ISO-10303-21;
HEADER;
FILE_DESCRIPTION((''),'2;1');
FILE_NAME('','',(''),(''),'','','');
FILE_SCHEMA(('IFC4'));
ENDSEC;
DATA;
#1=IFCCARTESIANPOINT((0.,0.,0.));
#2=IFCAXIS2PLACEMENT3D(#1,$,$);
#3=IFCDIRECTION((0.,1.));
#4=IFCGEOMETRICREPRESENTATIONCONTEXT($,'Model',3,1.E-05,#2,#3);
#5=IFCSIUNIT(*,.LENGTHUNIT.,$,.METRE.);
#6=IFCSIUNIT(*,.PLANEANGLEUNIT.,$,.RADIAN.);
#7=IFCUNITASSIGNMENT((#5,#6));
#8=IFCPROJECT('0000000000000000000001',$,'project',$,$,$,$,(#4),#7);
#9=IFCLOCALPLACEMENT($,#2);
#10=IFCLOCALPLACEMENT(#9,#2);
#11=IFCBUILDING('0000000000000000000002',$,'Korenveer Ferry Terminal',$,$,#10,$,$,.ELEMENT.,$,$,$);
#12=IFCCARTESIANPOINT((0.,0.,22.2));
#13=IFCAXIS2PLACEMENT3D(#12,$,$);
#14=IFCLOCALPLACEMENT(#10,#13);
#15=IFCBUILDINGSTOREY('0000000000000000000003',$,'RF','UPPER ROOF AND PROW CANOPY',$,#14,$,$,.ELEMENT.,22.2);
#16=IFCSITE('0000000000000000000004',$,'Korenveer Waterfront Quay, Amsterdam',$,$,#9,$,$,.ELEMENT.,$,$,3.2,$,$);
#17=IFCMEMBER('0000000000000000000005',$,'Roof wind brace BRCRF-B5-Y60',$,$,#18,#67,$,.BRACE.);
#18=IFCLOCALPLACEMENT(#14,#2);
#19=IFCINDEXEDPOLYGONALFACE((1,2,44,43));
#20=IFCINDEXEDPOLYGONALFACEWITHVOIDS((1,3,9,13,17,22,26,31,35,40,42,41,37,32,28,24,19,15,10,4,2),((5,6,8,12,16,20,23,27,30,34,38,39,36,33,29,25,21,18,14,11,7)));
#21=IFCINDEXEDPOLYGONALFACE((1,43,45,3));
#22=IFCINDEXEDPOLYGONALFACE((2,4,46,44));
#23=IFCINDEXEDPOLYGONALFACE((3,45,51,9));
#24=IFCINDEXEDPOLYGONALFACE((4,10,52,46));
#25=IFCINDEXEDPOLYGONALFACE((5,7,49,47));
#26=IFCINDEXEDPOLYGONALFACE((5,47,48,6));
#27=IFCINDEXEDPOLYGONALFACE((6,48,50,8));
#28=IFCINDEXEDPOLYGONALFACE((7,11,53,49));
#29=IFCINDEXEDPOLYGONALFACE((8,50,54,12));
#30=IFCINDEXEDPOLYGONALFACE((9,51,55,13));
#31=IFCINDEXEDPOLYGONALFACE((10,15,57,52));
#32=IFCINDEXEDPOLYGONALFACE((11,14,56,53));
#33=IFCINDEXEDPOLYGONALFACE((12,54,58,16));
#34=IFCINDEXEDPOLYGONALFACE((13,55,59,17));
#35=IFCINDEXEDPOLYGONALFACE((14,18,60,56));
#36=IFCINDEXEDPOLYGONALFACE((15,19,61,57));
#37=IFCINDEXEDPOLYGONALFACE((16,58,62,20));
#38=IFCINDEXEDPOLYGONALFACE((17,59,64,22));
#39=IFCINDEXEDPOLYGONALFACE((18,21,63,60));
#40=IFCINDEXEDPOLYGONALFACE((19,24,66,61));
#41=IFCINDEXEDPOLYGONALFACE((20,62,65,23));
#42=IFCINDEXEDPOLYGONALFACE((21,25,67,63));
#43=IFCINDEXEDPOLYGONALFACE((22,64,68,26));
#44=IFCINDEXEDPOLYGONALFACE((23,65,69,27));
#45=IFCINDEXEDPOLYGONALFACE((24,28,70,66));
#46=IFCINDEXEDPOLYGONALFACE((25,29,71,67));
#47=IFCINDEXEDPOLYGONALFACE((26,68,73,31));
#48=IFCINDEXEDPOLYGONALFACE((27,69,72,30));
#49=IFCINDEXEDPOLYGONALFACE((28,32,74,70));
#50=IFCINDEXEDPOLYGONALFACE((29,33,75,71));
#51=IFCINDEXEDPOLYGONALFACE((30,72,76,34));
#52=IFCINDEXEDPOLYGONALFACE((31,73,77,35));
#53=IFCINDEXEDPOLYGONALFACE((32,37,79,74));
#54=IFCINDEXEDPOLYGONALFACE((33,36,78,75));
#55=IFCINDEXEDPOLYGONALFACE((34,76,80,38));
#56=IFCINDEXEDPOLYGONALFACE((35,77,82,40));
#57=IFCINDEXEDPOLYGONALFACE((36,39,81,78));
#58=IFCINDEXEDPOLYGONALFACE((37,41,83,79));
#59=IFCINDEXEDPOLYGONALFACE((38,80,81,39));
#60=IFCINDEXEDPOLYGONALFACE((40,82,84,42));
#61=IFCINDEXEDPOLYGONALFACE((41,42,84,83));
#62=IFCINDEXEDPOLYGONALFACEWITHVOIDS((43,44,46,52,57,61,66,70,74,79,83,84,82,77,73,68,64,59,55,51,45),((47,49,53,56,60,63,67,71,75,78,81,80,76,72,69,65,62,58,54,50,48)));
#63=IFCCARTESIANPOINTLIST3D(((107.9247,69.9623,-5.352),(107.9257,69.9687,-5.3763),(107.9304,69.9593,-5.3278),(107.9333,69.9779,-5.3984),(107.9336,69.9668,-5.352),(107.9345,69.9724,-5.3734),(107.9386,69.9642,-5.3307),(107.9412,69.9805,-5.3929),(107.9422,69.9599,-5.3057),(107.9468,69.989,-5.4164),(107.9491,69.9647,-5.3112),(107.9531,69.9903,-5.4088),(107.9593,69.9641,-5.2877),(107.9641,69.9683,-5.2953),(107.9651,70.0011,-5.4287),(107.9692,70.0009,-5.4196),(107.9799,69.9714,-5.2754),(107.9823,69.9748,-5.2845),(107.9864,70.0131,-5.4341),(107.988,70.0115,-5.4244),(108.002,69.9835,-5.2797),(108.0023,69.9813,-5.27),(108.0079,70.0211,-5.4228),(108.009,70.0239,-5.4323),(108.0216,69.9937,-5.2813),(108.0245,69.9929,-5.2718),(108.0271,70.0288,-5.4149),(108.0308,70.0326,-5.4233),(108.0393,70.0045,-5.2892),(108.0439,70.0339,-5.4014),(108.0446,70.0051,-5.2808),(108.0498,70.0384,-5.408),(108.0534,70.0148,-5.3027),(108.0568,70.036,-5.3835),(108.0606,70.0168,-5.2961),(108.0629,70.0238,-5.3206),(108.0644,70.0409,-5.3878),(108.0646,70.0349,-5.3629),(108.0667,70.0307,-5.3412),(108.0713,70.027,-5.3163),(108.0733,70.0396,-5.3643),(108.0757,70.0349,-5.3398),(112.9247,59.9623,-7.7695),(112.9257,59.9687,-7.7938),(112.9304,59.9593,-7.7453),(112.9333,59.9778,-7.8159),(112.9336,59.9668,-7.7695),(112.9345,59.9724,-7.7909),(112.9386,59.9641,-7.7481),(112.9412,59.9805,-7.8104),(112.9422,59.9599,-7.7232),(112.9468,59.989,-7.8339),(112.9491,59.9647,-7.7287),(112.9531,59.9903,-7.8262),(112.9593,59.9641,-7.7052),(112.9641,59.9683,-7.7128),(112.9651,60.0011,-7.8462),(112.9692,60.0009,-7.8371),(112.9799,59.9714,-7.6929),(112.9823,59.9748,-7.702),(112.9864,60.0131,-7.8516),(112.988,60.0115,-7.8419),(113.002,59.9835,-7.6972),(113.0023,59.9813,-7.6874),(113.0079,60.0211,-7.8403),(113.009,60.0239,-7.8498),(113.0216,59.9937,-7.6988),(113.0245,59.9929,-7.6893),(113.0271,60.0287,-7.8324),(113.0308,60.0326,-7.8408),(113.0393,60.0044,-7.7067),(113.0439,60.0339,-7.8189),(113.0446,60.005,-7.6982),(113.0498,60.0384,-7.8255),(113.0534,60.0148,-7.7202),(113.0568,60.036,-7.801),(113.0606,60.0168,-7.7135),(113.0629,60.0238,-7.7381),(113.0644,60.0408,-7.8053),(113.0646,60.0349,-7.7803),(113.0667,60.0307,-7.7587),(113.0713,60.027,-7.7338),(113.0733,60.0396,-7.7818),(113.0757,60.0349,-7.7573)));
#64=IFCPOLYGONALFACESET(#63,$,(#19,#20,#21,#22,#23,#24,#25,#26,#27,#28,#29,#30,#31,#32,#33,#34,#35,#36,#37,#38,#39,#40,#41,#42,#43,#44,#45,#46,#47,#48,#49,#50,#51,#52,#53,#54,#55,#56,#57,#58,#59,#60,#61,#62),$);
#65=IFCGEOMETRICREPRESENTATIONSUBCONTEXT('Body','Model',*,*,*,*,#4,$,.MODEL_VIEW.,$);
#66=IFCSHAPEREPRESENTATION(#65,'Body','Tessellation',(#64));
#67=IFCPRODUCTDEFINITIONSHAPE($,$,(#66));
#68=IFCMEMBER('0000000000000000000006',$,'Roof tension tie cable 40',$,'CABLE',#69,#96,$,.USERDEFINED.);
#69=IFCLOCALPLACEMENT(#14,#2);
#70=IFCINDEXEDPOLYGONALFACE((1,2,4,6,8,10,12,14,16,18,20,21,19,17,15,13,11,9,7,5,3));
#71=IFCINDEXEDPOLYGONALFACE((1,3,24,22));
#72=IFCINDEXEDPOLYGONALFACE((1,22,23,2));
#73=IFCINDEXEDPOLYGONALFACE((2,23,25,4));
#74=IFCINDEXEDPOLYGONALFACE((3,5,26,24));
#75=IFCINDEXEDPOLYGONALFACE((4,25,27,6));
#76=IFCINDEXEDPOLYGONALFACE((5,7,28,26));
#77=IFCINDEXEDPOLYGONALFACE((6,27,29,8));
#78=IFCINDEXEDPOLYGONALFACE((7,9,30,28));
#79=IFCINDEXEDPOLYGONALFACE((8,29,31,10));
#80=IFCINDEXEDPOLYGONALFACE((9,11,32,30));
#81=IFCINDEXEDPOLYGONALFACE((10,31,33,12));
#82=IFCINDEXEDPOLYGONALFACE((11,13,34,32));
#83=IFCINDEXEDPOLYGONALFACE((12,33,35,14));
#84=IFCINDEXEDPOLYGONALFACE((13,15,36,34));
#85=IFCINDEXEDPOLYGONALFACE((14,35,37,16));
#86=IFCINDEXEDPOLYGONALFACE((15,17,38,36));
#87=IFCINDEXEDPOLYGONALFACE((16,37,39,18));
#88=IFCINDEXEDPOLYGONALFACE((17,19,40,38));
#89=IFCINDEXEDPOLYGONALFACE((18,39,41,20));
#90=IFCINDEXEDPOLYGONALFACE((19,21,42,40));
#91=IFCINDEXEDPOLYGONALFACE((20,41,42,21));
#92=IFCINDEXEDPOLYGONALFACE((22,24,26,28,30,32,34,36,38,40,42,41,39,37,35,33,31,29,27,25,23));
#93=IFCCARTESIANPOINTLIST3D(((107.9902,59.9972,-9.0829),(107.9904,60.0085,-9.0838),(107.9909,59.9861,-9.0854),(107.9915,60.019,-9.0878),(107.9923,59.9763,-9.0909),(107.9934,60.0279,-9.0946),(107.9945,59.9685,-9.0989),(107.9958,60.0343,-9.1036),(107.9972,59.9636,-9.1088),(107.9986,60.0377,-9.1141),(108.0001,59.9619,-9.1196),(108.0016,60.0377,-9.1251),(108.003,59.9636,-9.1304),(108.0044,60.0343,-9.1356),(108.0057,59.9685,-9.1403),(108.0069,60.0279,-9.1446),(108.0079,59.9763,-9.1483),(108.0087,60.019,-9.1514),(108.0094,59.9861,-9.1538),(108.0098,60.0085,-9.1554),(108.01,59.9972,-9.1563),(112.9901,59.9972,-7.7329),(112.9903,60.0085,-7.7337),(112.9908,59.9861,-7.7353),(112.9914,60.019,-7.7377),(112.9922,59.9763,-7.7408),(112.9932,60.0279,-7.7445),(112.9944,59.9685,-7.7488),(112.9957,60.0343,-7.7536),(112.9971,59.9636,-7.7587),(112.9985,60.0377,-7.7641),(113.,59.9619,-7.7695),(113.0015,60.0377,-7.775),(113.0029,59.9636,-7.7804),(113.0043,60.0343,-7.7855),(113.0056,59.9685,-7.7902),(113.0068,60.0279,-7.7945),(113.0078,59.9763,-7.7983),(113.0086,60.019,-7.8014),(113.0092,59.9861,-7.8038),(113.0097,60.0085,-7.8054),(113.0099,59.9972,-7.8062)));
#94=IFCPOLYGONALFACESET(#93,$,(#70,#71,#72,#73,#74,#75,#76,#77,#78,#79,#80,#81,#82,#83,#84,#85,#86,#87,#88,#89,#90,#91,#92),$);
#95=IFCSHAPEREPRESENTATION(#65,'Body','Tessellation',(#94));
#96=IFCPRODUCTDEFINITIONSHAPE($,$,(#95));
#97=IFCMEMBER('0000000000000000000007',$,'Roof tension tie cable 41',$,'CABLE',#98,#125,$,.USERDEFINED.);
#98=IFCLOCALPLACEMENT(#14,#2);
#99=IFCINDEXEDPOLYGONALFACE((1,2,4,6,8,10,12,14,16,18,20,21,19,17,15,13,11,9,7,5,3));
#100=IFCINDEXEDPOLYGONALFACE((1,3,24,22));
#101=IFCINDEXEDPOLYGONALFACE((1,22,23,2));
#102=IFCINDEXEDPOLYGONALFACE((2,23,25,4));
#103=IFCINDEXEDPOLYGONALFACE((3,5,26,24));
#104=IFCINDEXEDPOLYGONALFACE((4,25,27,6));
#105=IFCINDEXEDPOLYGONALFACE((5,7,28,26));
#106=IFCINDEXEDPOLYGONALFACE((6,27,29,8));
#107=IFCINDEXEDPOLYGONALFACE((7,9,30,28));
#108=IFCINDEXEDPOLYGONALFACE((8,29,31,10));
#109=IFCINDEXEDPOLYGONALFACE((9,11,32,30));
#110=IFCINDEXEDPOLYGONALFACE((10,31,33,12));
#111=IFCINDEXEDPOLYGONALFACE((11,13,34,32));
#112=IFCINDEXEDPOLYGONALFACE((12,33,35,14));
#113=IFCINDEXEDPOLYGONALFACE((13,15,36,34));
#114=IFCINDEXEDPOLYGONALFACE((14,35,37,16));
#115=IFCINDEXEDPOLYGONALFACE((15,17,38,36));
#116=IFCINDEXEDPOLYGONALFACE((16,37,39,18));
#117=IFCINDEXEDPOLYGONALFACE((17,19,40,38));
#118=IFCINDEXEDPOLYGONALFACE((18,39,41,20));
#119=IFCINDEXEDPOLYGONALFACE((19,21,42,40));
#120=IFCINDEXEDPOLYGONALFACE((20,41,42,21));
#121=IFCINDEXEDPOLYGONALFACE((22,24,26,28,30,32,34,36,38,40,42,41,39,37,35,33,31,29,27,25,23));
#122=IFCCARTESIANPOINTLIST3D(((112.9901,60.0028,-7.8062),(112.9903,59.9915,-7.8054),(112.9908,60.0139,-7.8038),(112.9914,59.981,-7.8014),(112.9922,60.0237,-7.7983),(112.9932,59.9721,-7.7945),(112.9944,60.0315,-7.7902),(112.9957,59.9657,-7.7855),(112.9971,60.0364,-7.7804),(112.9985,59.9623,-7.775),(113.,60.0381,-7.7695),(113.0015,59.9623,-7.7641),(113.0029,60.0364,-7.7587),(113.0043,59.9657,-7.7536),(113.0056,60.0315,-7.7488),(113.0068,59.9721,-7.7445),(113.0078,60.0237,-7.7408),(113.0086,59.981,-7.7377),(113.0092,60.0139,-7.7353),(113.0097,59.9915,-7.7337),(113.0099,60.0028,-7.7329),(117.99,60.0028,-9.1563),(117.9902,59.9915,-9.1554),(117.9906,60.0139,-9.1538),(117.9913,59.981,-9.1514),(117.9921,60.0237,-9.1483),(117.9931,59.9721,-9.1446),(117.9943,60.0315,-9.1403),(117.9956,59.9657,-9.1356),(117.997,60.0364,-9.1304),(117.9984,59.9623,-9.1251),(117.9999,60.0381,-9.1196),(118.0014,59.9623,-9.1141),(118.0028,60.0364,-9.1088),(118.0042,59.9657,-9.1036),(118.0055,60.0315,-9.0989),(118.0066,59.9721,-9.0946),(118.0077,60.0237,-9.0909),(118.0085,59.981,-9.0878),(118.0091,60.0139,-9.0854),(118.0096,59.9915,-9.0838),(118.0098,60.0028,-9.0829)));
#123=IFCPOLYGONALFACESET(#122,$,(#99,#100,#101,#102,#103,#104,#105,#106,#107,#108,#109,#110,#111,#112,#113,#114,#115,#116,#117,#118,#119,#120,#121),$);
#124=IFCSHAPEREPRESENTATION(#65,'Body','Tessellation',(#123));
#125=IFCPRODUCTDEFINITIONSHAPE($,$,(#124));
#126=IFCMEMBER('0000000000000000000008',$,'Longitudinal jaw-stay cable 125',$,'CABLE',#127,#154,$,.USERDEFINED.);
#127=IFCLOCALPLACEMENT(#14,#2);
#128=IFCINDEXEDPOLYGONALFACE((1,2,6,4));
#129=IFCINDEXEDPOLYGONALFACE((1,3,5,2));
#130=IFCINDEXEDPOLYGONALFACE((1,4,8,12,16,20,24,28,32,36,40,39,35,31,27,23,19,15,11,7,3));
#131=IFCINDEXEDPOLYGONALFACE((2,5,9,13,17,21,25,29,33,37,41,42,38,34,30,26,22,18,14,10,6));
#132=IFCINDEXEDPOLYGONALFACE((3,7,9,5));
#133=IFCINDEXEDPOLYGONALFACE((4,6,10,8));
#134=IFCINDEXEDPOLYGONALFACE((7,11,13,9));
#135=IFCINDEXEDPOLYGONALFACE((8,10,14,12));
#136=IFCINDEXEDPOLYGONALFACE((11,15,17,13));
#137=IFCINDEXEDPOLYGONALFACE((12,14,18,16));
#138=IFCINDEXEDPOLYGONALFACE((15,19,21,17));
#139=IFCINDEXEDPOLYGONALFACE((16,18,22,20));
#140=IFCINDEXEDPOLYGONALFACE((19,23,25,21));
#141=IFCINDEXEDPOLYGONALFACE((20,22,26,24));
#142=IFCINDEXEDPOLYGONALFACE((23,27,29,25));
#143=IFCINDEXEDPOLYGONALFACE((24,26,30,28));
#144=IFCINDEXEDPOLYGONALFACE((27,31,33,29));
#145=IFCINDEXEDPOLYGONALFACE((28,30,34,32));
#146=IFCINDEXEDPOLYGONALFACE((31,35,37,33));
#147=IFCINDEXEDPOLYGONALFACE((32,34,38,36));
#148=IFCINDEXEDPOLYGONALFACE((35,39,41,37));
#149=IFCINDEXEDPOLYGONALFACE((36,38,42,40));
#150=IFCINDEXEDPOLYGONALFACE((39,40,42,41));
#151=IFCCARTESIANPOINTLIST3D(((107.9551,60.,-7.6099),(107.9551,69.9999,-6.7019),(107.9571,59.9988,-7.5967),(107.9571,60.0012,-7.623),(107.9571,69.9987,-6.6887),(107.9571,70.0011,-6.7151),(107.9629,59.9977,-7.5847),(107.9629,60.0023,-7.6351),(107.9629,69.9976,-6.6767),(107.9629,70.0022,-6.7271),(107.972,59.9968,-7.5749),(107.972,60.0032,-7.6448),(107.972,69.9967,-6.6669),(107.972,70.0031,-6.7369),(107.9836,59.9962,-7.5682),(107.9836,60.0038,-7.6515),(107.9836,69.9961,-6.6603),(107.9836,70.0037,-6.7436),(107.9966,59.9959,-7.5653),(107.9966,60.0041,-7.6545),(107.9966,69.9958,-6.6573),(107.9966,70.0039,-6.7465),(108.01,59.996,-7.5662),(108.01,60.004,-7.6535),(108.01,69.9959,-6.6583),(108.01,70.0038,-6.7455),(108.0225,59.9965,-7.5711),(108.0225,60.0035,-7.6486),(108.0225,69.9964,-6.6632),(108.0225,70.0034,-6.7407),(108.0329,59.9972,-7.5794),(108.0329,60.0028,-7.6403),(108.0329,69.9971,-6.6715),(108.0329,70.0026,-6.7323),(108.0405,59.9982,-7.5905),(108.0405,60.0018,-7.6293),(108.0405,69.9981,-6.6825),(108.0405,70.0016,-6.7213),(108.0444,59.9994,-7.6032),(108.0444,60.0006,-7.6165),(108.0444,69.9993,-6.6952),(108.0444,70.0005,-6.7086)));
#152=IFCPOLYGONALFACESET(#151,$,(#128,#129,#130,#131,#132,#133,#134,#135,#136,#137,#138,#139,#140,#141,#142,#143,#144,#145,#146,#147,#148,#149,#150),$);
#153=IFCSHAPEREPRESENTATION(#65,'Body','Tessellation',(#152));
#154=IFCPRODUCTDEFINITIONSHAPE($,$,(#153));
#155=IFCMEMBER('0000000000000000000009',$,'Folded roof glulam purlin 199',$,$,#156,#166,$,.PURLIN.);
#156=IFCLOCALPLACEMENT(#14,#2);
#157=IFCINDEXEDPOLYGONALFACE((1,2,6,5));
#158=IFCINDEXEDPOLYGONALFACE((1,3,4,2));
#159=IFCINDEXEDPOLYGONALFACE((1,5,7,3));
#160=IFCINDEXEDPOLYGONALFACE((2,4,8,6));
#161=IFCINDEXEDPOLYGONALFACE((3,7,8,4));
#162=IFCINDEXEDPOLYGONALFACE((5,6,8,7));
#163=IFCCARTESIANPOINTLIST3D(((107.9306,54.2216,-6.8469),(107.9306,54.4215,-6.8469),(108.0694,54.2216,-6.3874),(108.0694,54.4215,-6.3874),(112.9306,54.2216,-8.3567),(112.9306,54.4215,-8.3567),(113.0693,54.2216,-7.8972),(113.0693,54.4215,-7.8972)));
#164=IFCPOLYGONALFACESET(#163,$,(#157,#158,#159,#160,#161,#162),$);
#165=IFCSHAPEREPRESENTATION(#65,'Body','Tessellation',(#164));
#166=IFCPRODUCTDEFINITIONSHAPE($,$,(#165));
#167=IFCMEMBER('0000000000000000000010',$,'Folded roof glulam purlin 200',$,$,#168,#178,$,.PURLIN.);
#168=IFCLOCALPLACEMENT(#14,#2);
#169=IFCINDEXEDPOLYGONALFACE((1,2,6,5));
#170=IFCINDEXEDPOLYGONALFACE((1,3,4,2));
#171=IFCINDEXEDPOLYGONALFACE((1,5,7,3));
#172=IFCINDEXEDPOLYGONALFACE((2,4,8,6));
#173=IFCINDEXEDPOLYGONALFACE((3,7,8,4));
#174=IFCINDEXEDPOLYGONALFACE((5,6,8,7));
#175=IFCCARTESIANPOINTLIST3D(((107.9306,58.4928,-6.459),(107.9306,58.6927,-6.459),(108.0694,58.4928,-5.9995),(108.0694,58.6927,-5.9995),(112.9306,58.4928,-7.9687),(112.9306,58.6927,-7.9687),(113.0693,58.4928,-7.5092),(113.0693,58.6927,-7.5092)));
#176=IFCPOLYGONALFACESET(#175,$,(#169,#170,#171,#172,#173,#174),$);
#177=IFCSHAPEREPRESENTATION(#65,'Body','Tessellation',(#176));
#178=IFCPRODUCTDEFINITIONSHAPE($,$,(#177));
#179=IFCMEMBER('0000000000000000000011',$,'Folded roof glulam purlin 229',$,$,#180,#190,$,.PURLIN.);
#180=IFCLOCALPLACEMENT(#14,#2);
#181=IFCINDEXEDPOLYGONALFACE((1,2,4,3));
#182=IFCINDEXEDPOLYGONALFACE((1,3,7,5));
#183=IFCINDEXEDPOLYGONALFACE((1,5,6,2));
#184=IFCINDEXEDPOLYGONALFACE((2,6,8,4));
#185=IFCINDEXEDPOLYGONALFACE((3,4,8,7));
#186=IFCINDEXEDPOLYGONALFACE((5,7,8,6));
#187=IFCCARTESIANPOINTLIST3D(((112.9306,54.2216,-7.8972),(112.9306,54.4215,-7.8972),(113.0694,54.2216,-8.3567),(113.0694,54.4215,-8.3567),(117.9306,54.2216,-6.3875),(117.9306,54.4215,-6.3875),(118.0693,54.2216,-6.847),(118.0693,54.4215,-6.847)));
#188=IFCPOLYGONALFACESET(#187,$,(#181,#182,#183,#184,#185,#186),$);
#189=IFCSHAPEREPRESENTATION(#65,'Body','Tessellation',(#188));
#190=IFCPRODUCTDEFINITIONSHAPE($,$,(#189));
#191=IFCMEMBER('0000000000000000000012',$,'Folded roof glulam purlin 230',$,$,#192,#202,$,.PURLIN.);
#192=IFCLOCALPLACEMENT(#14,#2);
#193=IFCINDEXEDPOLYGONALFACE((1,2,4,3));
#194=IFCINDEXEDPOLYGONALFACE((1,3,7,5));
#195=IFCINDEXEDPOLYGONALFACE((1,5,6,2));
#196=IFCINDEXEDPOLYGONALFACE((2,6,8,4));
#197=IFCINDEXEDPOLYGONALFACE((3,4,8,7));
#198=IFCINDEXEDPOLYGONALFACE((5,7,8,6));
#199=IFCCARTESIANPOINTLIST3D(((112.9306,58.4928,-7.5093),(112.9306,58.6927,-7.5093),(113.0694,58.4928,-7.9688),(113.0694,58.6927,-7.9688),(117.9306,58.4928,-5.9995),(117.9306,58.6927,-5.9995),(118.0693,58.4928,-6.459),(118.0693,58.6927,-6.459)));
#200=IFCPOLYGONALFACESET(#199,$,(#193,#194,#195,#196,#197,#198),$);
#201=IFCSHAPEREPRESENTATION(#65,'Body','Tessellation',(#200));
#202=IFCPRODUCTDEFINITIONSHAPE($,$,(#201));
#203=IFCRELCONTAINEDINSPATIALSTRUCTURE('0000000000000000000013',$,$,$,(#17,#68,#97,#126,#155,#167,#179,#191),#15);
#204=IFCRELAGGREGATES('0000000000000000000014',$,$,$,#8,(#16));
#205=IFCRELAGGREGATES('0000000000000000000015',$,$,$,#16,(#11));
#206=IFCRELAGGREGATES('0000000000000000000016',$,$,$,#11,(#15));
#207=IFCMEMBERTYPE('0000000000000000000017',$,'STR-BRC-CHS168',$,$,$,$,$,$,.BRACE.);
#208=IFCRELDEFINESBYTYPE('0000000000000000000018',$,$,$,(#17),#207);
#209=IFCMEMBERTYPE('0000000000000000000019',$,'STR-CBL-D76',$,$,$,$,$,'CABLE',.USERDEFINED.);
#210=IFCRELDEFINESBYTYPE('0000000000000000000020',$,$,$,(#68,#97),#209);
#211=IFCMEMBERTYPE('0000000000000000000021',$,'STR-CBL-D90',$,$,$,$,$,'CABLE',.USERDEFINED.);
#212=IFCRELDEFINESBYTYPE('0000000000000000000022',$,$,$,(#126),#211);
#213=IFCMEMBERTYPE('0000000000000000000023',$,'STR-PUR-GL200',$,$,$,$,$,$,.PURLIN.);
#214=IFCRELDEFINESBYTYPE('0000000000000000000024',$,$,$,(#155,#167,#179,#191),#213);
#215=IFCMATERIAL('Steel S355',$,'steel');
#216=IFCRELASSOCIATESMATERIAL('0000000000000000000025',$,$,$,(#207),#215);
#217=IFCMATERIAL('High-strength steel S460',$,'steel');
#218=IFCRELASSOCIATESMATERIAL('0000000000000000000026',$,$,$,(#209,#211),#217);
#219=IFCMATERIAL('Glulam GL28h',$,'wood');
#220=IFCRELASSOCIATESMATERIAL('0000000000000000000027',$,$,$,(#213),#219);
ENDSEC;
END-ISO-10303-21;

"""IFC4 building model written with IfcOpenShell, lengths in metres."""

from ifc_helpers import new_model, si_unit, direction, frame, origin, origin_2d, place, context, subcontext, project, spatial, rectangle, circle, hollow_circle, extrude, material, material_profile, profile_set, type_object, element, save


model = new_model("IFC4")

# Units and contexts
model_context = context("Model", 3, precision=1e-05, world=origin(), true_north=direction((0.0, 1.0)))
body_context = subcontext(model_context, "Body", "Model", "MODEL_VIEW")
ifc_project = project(units=[si_unit("LENGTHUNIT", "METRE"), si_unit("PLANEANGLEUNIT", "RADIAN")], contexts=[model_context])

# Site, building, storey
site_placement = place(None, origin())
site = spatial("IfcSite", under=ifc_project, at=site_placement, Name="Korenveer Waterfront Quay, Amsterdam", CompositionType="ELEMENT", RefElevation=3.2)
building_placement = place(site_placement, origin())
building = spatial("IfcBuilding", under=site, at=building_placement, Name="Korenveer Ferry Terminal", CompositionType="ELEMENT")
storey_placement = place(building_placement, frame((0.0, 0.0, 22.2)))
storey = spatial("IfcBuildingStorey", under=building, at=storey_placement, Name="RF", Description="UPPER ROOF AND PROW CANOPY", CompositionType="ELEMENT", Elevation=22.2)

# Members
ifc_material_1 = material(Name="Steel S355", Category="steel")
ifc_material_profile_1 = material_profile(ifc_material_1, hollow_circle(Radius=0.0842, WallThickness=0.01, at=origin_2d()), Name="CHS 168.3x10")
ifc_profile_set_1 = profile_set([ifc_material_profile_1], Name="Steel S355")
member_type_1 = type_object("IfcMemberType", Name="STR-BRC-CHS168", PredefinedType="BRACE", material=ifc_profile_set_1)
member_1_placement = place(storey_placement, frame((113.0, 60.0, -7.7695), z_axis=(-0.437112, 0.874224, 0.211342), x_axis=(-0.894427, -0.447214, 0.0)))
element("IfcMember", 1, at=member_1_placement, inside=storey, type_object=member_type_1, Name="Roof wind brace BRCRF-B5-Y60", PredefinedType="BRACE", context=body_context, shape_type="SweptSolid", body=[
    extrude(hollow_circle(Radius=0.0842, WallThickness=0.01, at=origin_2d()), origin(), (0.0, 0.0, 1.0), 11.4387),
])
ifc_material_2 = material(Name="High-strength steel S460", Category="steel")
ifc_material_profile_2 = material_profile(ifc_material_2, circle(Radius=0.0381, at=origin_2d()), Name="ROD D76")
ifc_profile_set_2 = profile_set([ifc_material_profile_2], Name="High-strength steel S460")
member_type_2 = type_object("IfcMemberType", Name="STR-CBL-D76", ElementType="CABLE", PredefinedType="USERDEFINED", material=ifc_profile_set_2)
for number, where, z_axis, x_axis, name in (
    (2, (113.0, 60.0, -7.7695), (-0.965424, 0.0, -0.260683), (0.0, -1.0, 0.0), "Roof tension tie cable 40"),
    (3, (113.0, 60.0, -7.7695), (0.965424, 0.0, -0.260683), (0.0, 1.0, 0.0), "Roof tension tie cable 41"),
):
    element("IfcMember", number, at=place(storey_placement, frame(where, z_axis=z_axis, x_axis=x_axis)), inside=storey, type_object=member_type_2, Name=name, ObjectType="CABLE", PredefinedType="USERDEFINED", context=body_context, shape_type="SweptSolid", body=[
        extrude(circle(Radius=0.0381, at=origin_2d()), origin(), (0.0, 0.0, 1.0), 5.179),
    ])
ifc_material_profile_3 = material_profile(ifc_material_2, circle(Radius=0.0449, at=origin_2d()), Name="ROD D90")
ifc_profile_set_3 = profile_set([ifc_material_profile_3], Name="High-strength steel S460")
member_type_3 = type_object("IfcMemberType", Name="STR-CBL-D90", ElementType="CABLE", PredefinedType="USERDEFINED", material=ifc_profile_set_3)
member_2_placement = place(storey_placement, frame((108.0, 60.0, -7.6099), z_axis=(0.0, 0.995903, 0.090424), x_axis=(-1.0, 0.0, 0.0)))
element("IfcMember", 4, at=member_2_placement, inside=storey, type_object=member_type_3, Name="Longitudinal jaw-stay cable 125", ObjectType="CABLE", PredefinedType="USERDEFINED", context=body_context, shape_type="SweptSolid", body=[
    extrude(circle(Radius=0.0449, at=origin_2d()), origin(), (0.0, 0.0, 1.0), 10.041),
])
ifc_material_3 = material(Name="Glulam GL28h", Category="wood")
ifc_material_profile_4 = material_profile(ifc_material_3, rectangle(XDim=0.2, YDim=0.48, at=origin_2d()), Name="GL 200x480")
ifc_profile_set_4 = profile_set([ifc_material_profile_4], Name="Glulam GL28h")
member_type_4 = type_object("IfcMemberType", Name="STR-PUR-GL200", PredefinedType="PURLIN", material=ifc_profile_set_4)
for number, where, z_axis, x_axis, name in (
    (5, (108.0, 54.3215, -6.6172), (0.95731, 0.0, -0.289063), (0.0, 1.0, 0.0), "Folded roof glulam purlin 199"),
    (6, (108.0, 58.5928, -6.2292), (0.95731, 0.0, -0.289063), (0.0, 1.0, 0.0), "Folded roof glulam purlin 200"),
    (7, (113.0, 54.3215, -8.127), (0.95731, 0.0, 0.289063), (0.0, 1.0, 0.0), "Folded roof glulam purlin 229"),
    (8, (113.0, 58.5928, -7.739), (0.95731, 0.0, 0.289063), (0.0, 1.0, 0.0), "Folded roof glulam purlin 230"),
):
    element("IfcMember", number, at=place(storey_placement, frame(where, z_axis=z_axis, x_axis=x_axis)), inside=storey, type_object=member_type_4, Name=name, PredefinedType="PURLIN", context=body_context, shape_type="SweptSolid", body=[
        extrude(rectangle(XDim=0.2, YDim=0.48, at=origin_2d()), origin(), (0.0, 0.0, 1.0), 5.2229),
    ])

save(model, "model.ifc")
